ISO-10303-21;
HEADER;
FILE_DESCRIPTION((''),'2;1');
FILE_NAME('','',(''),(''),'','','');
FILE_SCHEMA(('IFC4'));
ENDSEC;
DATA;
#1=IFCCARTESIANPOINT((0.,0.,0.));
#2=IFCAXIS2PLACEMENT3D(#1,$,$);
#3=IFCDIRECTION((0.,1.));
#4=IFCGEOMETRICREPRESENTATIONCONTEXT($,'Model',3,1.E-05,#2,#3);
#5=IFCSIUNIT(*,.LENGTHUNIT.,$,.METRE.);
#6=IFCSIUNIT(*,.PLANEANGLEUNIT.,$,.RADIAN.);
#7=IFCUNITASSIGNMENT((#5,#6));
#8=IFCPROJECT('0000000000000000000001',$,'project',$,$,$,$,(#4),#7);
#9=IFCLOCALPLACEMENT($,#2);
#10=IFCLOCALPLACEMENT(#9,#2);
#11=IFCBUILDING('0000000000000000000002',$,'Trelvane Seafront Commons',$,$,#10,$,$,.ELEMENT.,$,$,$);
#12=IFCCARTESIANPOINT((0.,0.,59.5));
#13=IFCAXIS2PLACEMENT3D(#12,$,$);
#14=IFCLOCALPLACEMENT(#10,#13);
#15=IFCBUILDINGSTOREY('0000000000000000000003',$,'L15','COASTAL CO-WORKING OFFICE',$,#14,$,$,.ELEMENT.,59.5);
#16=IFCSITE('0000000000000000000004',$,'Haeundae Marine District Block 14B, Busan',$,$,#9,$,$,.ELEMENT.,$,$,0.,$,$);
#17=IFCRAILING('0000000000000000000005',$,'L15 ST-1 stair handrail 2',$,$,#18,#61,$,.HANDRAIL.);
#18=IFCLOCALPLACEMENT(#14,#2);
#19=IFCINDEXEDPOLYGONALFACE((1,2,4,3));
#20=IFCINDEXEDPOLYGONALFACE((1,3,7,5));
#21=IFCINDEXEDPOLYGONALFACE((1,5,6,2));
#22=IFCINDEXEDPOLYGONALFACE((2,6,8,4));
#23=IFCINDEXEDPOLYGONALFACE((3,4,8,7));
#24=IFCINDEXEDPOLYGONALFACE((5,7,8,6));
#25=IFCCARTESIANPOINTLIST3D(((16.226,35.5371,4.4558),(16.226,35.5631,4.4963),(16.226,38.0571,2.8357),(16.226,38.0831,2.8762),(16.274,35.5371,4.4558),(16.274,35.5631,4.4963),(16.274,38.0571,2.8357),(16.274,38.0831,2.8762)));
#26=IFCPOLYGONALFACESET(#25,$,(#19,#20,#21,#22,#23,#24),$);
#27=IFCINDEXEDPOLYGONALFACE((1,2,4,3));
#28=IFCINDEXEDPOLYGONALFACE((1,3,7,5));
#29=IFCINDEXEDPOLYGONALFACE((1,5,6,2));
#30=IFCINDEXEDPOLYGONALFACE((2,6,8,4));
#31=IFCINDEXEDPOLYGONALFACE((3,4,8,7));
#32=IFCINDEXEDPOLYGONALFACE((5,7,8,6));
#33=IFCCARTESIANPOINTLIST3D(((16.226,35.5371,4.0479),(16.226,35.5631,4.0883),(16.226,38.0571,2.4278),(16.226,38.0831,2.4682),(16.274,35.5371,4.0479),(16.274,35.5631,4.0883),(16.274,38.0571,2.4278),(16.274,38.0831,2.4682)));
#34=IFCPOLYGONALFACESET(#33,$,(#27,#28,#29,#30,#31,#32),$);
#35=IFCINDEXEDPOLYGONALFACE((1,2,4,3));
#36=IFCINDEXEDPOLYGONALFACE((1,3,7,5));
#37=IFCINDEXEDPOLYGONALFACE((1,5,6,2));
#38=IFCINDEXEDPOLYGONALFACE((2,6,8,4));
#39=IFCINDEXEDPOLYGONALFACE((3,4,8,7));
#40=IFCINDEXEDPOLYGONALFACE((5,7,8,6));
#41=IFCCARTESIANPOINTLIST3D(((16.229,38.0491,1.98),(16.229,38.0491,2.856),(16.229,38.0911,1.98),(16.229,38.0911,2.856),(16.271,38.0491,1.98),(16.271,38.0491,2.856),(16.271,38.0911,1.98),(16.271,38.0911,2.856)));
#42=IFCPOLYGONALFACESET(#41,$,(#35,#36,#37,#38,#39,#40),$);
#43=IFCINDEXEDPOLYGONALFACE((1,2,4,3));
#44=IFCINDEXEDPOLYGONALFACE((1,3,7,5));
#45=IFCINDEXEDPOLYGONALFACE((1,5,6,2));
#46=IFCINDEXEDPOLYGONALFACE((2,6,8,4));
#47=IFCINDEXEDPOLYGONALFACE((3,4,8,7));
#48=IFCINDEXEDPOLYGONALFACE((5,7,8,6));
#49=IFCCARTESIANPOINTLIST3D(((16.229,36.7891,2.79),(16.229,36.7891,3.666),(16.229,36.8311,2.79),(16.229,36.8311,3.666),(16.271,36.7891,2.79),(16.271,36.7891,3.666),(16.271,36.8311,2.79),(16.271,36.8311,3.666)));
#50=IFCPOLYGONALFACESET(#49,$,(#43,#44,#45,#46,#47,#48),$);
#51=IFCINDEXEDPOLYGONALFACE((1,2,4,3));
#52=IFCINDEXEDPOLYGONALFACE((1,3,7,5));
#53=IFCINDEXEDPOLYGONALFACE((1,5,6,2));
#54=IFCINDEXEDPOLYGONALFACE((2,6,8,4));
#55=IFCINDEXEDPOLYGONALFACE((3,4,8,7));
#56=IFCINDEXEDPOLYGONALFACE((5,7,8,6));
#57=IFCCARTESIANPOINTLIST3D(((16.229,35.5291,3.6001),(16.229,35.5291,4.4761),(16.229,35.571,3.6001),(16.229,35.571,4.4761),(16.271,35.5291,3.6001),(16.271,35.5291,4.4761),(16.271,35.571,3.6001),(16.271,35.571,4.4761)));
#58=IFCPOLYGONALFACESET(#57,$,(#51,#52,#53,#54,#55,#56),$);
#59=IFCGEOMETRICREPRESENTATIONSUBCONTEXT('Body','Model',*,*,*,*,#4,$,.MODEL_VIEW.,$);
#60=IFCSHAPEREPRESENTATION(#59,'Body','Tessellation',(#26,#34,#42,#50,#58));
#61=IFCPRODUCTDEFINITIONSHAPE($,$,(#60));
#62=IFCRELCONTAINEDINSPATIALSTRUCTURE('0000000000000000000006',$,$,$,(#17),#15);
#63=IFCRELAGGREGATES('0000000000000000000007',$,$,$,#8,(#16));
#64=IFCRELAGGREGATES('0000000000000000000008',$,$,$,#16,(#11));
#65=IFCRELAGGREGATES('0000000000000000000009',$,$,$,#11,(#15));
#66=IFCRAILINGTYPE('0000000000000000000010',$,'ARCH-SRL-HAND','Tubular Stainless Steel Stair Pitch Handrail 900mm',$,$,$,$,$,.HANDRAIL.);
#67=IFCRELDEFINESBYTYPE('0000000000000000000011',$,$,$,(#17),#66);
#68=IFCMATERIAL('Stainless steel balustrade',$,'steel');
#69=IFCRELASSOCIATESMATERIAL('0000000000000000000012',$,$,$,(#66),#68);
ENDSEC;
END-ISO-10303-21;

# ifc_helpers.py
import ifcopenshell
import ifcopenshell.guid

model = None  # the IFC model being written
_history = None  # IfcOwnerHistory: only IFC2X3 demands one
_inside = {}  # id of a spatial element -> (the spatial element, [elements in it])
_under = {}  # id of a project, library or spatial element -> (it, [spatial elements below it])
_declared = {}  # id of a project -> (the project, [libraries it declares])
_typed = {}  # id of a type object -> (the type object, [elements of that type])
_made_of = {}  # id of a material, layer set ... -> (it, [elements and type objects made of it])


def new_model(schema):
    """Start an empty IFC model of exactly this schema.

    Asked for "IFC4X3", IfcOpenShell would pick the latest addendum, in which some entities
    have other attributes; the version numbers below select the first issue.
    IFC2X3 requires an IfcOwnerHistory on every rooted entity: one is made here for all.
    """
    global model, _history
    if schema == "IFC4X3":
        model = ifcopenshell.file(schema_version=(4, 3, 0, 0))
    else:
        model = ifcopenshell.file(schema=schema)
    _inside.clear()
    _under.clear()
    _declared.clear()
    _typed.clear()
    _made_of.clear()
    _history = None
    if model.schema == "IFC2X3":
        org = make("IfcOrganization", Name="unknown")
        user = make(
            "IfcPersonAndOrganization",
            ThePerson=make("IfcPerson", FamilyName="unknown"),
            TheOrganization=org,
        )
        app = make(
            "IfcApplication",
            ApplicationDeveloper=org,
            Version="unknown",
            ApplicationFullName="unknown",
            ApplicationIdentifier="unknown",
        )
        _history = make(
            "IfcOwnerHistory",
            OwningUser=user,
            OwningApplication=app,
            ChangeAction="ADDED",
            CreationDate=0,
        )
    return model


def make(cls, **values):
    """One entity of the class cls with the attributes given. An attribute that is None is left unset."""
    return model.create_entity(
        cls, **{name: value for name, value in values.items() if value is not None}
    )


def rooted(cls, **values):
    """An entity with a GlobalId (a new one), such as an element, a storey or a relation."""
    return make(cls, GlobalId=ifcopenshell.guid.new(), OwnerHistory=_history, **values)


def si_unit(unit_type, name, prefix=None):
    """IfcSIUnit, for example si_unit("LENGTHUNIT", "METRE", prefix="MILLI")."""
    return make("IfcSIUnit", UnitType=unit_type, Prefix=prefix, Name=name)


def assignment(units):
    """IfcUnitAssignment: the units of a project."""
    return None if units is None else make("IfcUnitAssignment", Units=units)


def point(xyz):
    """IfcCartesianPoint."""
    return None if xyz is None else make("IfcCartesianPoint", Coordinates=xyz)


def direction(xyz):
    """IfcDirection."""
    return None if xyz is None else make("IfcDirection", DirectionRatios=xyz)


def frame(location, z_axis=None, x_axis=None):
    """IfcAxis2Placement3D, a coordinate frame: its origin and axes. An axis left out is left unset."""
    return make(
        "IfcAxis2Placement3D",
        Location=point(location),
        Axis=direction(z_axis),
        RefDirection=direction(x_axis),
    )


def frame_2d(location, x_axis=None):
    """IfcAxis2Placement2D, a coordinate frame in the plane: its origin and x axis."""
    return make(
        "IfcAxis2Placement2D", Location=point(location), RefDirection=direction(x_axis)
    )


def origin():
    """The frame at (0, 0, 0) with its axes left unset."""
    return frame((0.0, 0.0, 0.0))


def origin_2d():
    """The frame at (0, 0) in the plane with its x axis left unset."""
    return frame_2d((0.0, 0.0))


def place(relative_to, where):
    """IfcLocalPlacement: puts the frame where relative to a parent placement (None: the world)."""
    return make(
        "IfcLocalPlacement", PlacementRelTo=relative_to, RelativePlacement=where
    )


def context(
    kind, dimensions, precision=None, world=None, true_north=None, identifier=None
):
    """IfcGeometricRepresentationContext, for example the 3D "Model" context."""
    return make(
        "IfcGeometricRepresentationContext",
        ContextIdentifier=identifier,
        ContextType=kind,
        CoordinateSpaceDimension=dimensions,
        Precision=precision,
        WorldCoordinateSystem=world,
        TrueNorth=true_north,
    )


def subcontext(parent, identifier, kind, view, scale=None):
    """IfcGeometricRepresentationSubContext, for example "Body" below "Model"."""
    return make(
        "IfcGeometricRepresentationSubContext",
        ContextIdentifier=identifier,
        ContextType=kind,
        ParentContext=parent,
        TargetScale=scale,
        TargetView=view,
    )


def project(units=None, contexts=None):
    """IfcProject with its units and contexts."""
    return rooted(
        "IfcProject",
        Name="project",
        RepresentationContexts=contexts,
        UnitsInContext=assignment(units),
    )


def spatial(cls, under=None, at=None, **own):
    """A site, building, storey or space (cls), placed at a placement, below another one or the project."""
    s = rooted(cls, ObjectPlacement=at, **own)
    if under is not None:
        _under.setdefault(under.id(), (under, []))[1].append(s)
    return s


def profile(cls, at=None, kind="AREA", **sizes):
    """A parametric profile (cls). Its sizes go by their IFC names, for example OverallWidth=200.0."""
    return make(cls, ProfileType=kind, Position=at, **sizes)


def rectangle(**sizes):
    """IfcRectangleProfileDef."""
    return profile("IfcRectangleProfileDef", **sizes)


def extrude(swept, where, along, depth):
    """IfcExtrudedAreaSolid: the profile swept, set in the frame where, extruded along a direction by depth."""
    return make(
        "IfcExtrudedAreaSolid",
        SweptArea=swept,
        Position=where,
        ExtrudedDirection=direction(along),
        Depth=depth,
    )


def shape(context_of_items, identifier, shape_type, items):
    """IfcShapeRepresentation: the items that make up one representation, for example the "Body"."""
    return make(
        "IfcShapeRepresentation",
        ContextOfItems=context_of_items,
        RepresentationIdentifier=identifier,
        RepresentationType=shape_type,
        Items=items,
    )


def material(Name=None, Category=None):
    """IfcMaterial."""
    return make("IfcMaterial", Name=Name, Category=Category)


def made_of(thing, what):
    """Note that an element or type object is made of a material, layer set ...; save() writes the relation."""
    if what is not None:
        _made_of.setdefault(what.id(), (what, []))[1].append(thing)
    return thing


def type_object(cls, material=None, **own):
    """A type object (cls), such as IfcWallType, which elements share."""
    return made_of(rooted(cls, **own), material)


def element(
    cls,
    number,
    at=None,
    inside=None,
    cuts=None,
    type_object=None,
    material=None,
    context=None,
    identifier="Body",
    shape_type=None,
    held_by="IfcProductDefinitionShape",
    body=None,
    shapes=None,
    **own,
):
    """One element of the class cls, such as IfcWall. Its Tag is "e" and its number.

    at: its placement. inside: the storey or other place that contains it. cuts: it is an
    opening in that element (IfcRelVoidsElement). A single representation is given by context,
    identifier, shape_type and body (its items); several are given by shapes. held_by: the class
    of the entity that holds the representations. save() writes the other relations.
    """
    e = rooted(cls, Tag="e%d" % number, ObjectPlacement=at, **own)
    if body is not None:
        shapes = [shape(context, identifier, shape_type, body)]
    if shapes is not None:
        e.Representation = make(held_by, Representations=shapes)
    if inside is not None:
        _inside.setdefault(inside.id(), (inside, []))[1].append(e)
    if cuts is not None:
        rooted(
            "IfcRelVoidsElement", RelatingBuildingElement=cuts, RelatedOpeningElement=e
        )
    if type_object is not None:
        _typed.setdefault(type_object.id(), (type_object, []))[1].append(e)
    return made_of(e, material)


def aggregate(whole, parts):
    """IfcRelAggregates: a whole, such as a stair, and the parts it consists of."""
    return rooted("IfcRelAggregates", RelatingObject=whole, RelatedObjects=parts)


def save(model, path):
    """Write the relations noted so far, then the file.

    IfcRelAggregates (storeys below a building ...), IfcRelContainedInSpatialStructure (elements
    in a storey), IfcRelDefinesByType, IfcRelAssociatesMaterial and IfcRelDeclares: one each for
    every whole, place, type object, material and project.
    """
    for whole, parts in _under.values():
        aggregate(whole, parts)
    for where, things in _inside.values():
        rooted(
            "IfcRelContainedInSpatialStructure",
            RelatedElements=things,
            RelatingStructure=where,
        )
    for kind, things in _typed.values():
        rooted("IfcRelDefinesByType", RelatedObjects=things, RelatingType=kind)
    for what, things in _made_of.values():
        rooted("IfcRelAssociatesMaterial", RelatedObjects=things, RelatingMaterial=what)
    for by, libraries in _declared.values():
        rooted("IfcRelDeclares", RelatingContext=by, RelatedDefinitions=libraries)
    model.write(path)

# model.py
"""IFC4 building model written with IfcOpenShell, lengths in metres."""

from ifc_helpers import new_model, si_unit, direction, frame, origin, origin_2d, place, context, subcontext, project, spatial, rectangle, extrude, material, type_object, element, save


model = new_model("IFC4")

# Units and contexts
model_context = context("Model", 3, precision=1e-05, world=origin(), true_north=direction((0.0, 1.0)))
body_context = subcontext(model_context, "Body", "Model", "MODEL_VIEW")
ifc_project = project(units=[si_unit("LENGTHUNIT", "METRE"), si_unit("PLANEANGLEUNIT", "RADIAN")], contexts=[model_context])

# Site, building, storey
site_placement = place(None, origin())
site = spatial("IfcSite", under=ifc_project, at=site_placement, Name="Haeundae Marine District Block 14B, Busan", CompositionType="ELEMENT", RefElevation=0.0)
building_placement = place(site_placement, origin())
building = spatial("IfcBuilding", under=site, at=building_placement, Name="Trelvane Seafront Commons", CompositionType="ELEMENT")
storey_placement = place(building_placement, frame((0.0, 0.0, 59.5)))
storey = spatial("IfcBuildingStorey", under=building, at=storey_placement, Name="L15", Description="COASTAL CO-WORKING OFFICE", CompositionType="ELEMENT", Elevation=59.5)

# Shared definitions
ifc_material_1 = material(Name="Stainless steel balustrade", Category="steel")

# Railing
railing_type_1 = type_object("IfcRailingType", Name="ARCH-SRL-HAND", Description="Tubular Stainless Steel Stair Pitch Handrail 900mm", PredefinedType="HANDRAIL", material=ifc_material_1)
railing_1_placement = place(storey_placement, frame((16.25, 38.0701, 1.98)))
element("IfcRailing", 1, at=railing_1_placement, inside=storey, type_object=railing_type_1, Name="L15 ST-1 stair handrail 2", PredefinedType="HANDRAIL", context=body_context, shape_type="SweptSolid", body=[
    extrude(rectangle(XDim=0.0481, YDim=0.0481, at=origin_2d()), frame((0.0, 0.0, 0.876), z_axis=(0.0, -0.841163, 0.540782), x_axis=(1.0, 0.0, 0.0)), (0.0, 0.0, 1.0), 2.9958),
    extrude(rectangle(XDim=0.0481, YDim=0.0481, at=origin_2d()), frame((0.0, 0.0, 0.468), z_axis=(0.0, -0.841163, 0.540782), x_axis=(1.0, 0.0, 0.0)), (0.0, 0.0, 1.0), 2.9958),
    extrude(rectangle(XDim=0.042, YDim=0.042, at=origin_2d()), origin(), (0.0, 0.0, 1.0), 0.876),
    extrude(rectangle(XDim=0.042, YDim=0.042, at=origin_2d()), frame((0.0, -1.26, 0.8101)), (0.0, 0.0, 1.0), 0.876),
    extrude(rectangle(XDim=0.042, YDim=0.042, at=origin_2d()), frame((0.0, -2.52, 1.6201)), (0.0, 0.0, 1.0), 0.876),
])

save(model, "model.ifc")
